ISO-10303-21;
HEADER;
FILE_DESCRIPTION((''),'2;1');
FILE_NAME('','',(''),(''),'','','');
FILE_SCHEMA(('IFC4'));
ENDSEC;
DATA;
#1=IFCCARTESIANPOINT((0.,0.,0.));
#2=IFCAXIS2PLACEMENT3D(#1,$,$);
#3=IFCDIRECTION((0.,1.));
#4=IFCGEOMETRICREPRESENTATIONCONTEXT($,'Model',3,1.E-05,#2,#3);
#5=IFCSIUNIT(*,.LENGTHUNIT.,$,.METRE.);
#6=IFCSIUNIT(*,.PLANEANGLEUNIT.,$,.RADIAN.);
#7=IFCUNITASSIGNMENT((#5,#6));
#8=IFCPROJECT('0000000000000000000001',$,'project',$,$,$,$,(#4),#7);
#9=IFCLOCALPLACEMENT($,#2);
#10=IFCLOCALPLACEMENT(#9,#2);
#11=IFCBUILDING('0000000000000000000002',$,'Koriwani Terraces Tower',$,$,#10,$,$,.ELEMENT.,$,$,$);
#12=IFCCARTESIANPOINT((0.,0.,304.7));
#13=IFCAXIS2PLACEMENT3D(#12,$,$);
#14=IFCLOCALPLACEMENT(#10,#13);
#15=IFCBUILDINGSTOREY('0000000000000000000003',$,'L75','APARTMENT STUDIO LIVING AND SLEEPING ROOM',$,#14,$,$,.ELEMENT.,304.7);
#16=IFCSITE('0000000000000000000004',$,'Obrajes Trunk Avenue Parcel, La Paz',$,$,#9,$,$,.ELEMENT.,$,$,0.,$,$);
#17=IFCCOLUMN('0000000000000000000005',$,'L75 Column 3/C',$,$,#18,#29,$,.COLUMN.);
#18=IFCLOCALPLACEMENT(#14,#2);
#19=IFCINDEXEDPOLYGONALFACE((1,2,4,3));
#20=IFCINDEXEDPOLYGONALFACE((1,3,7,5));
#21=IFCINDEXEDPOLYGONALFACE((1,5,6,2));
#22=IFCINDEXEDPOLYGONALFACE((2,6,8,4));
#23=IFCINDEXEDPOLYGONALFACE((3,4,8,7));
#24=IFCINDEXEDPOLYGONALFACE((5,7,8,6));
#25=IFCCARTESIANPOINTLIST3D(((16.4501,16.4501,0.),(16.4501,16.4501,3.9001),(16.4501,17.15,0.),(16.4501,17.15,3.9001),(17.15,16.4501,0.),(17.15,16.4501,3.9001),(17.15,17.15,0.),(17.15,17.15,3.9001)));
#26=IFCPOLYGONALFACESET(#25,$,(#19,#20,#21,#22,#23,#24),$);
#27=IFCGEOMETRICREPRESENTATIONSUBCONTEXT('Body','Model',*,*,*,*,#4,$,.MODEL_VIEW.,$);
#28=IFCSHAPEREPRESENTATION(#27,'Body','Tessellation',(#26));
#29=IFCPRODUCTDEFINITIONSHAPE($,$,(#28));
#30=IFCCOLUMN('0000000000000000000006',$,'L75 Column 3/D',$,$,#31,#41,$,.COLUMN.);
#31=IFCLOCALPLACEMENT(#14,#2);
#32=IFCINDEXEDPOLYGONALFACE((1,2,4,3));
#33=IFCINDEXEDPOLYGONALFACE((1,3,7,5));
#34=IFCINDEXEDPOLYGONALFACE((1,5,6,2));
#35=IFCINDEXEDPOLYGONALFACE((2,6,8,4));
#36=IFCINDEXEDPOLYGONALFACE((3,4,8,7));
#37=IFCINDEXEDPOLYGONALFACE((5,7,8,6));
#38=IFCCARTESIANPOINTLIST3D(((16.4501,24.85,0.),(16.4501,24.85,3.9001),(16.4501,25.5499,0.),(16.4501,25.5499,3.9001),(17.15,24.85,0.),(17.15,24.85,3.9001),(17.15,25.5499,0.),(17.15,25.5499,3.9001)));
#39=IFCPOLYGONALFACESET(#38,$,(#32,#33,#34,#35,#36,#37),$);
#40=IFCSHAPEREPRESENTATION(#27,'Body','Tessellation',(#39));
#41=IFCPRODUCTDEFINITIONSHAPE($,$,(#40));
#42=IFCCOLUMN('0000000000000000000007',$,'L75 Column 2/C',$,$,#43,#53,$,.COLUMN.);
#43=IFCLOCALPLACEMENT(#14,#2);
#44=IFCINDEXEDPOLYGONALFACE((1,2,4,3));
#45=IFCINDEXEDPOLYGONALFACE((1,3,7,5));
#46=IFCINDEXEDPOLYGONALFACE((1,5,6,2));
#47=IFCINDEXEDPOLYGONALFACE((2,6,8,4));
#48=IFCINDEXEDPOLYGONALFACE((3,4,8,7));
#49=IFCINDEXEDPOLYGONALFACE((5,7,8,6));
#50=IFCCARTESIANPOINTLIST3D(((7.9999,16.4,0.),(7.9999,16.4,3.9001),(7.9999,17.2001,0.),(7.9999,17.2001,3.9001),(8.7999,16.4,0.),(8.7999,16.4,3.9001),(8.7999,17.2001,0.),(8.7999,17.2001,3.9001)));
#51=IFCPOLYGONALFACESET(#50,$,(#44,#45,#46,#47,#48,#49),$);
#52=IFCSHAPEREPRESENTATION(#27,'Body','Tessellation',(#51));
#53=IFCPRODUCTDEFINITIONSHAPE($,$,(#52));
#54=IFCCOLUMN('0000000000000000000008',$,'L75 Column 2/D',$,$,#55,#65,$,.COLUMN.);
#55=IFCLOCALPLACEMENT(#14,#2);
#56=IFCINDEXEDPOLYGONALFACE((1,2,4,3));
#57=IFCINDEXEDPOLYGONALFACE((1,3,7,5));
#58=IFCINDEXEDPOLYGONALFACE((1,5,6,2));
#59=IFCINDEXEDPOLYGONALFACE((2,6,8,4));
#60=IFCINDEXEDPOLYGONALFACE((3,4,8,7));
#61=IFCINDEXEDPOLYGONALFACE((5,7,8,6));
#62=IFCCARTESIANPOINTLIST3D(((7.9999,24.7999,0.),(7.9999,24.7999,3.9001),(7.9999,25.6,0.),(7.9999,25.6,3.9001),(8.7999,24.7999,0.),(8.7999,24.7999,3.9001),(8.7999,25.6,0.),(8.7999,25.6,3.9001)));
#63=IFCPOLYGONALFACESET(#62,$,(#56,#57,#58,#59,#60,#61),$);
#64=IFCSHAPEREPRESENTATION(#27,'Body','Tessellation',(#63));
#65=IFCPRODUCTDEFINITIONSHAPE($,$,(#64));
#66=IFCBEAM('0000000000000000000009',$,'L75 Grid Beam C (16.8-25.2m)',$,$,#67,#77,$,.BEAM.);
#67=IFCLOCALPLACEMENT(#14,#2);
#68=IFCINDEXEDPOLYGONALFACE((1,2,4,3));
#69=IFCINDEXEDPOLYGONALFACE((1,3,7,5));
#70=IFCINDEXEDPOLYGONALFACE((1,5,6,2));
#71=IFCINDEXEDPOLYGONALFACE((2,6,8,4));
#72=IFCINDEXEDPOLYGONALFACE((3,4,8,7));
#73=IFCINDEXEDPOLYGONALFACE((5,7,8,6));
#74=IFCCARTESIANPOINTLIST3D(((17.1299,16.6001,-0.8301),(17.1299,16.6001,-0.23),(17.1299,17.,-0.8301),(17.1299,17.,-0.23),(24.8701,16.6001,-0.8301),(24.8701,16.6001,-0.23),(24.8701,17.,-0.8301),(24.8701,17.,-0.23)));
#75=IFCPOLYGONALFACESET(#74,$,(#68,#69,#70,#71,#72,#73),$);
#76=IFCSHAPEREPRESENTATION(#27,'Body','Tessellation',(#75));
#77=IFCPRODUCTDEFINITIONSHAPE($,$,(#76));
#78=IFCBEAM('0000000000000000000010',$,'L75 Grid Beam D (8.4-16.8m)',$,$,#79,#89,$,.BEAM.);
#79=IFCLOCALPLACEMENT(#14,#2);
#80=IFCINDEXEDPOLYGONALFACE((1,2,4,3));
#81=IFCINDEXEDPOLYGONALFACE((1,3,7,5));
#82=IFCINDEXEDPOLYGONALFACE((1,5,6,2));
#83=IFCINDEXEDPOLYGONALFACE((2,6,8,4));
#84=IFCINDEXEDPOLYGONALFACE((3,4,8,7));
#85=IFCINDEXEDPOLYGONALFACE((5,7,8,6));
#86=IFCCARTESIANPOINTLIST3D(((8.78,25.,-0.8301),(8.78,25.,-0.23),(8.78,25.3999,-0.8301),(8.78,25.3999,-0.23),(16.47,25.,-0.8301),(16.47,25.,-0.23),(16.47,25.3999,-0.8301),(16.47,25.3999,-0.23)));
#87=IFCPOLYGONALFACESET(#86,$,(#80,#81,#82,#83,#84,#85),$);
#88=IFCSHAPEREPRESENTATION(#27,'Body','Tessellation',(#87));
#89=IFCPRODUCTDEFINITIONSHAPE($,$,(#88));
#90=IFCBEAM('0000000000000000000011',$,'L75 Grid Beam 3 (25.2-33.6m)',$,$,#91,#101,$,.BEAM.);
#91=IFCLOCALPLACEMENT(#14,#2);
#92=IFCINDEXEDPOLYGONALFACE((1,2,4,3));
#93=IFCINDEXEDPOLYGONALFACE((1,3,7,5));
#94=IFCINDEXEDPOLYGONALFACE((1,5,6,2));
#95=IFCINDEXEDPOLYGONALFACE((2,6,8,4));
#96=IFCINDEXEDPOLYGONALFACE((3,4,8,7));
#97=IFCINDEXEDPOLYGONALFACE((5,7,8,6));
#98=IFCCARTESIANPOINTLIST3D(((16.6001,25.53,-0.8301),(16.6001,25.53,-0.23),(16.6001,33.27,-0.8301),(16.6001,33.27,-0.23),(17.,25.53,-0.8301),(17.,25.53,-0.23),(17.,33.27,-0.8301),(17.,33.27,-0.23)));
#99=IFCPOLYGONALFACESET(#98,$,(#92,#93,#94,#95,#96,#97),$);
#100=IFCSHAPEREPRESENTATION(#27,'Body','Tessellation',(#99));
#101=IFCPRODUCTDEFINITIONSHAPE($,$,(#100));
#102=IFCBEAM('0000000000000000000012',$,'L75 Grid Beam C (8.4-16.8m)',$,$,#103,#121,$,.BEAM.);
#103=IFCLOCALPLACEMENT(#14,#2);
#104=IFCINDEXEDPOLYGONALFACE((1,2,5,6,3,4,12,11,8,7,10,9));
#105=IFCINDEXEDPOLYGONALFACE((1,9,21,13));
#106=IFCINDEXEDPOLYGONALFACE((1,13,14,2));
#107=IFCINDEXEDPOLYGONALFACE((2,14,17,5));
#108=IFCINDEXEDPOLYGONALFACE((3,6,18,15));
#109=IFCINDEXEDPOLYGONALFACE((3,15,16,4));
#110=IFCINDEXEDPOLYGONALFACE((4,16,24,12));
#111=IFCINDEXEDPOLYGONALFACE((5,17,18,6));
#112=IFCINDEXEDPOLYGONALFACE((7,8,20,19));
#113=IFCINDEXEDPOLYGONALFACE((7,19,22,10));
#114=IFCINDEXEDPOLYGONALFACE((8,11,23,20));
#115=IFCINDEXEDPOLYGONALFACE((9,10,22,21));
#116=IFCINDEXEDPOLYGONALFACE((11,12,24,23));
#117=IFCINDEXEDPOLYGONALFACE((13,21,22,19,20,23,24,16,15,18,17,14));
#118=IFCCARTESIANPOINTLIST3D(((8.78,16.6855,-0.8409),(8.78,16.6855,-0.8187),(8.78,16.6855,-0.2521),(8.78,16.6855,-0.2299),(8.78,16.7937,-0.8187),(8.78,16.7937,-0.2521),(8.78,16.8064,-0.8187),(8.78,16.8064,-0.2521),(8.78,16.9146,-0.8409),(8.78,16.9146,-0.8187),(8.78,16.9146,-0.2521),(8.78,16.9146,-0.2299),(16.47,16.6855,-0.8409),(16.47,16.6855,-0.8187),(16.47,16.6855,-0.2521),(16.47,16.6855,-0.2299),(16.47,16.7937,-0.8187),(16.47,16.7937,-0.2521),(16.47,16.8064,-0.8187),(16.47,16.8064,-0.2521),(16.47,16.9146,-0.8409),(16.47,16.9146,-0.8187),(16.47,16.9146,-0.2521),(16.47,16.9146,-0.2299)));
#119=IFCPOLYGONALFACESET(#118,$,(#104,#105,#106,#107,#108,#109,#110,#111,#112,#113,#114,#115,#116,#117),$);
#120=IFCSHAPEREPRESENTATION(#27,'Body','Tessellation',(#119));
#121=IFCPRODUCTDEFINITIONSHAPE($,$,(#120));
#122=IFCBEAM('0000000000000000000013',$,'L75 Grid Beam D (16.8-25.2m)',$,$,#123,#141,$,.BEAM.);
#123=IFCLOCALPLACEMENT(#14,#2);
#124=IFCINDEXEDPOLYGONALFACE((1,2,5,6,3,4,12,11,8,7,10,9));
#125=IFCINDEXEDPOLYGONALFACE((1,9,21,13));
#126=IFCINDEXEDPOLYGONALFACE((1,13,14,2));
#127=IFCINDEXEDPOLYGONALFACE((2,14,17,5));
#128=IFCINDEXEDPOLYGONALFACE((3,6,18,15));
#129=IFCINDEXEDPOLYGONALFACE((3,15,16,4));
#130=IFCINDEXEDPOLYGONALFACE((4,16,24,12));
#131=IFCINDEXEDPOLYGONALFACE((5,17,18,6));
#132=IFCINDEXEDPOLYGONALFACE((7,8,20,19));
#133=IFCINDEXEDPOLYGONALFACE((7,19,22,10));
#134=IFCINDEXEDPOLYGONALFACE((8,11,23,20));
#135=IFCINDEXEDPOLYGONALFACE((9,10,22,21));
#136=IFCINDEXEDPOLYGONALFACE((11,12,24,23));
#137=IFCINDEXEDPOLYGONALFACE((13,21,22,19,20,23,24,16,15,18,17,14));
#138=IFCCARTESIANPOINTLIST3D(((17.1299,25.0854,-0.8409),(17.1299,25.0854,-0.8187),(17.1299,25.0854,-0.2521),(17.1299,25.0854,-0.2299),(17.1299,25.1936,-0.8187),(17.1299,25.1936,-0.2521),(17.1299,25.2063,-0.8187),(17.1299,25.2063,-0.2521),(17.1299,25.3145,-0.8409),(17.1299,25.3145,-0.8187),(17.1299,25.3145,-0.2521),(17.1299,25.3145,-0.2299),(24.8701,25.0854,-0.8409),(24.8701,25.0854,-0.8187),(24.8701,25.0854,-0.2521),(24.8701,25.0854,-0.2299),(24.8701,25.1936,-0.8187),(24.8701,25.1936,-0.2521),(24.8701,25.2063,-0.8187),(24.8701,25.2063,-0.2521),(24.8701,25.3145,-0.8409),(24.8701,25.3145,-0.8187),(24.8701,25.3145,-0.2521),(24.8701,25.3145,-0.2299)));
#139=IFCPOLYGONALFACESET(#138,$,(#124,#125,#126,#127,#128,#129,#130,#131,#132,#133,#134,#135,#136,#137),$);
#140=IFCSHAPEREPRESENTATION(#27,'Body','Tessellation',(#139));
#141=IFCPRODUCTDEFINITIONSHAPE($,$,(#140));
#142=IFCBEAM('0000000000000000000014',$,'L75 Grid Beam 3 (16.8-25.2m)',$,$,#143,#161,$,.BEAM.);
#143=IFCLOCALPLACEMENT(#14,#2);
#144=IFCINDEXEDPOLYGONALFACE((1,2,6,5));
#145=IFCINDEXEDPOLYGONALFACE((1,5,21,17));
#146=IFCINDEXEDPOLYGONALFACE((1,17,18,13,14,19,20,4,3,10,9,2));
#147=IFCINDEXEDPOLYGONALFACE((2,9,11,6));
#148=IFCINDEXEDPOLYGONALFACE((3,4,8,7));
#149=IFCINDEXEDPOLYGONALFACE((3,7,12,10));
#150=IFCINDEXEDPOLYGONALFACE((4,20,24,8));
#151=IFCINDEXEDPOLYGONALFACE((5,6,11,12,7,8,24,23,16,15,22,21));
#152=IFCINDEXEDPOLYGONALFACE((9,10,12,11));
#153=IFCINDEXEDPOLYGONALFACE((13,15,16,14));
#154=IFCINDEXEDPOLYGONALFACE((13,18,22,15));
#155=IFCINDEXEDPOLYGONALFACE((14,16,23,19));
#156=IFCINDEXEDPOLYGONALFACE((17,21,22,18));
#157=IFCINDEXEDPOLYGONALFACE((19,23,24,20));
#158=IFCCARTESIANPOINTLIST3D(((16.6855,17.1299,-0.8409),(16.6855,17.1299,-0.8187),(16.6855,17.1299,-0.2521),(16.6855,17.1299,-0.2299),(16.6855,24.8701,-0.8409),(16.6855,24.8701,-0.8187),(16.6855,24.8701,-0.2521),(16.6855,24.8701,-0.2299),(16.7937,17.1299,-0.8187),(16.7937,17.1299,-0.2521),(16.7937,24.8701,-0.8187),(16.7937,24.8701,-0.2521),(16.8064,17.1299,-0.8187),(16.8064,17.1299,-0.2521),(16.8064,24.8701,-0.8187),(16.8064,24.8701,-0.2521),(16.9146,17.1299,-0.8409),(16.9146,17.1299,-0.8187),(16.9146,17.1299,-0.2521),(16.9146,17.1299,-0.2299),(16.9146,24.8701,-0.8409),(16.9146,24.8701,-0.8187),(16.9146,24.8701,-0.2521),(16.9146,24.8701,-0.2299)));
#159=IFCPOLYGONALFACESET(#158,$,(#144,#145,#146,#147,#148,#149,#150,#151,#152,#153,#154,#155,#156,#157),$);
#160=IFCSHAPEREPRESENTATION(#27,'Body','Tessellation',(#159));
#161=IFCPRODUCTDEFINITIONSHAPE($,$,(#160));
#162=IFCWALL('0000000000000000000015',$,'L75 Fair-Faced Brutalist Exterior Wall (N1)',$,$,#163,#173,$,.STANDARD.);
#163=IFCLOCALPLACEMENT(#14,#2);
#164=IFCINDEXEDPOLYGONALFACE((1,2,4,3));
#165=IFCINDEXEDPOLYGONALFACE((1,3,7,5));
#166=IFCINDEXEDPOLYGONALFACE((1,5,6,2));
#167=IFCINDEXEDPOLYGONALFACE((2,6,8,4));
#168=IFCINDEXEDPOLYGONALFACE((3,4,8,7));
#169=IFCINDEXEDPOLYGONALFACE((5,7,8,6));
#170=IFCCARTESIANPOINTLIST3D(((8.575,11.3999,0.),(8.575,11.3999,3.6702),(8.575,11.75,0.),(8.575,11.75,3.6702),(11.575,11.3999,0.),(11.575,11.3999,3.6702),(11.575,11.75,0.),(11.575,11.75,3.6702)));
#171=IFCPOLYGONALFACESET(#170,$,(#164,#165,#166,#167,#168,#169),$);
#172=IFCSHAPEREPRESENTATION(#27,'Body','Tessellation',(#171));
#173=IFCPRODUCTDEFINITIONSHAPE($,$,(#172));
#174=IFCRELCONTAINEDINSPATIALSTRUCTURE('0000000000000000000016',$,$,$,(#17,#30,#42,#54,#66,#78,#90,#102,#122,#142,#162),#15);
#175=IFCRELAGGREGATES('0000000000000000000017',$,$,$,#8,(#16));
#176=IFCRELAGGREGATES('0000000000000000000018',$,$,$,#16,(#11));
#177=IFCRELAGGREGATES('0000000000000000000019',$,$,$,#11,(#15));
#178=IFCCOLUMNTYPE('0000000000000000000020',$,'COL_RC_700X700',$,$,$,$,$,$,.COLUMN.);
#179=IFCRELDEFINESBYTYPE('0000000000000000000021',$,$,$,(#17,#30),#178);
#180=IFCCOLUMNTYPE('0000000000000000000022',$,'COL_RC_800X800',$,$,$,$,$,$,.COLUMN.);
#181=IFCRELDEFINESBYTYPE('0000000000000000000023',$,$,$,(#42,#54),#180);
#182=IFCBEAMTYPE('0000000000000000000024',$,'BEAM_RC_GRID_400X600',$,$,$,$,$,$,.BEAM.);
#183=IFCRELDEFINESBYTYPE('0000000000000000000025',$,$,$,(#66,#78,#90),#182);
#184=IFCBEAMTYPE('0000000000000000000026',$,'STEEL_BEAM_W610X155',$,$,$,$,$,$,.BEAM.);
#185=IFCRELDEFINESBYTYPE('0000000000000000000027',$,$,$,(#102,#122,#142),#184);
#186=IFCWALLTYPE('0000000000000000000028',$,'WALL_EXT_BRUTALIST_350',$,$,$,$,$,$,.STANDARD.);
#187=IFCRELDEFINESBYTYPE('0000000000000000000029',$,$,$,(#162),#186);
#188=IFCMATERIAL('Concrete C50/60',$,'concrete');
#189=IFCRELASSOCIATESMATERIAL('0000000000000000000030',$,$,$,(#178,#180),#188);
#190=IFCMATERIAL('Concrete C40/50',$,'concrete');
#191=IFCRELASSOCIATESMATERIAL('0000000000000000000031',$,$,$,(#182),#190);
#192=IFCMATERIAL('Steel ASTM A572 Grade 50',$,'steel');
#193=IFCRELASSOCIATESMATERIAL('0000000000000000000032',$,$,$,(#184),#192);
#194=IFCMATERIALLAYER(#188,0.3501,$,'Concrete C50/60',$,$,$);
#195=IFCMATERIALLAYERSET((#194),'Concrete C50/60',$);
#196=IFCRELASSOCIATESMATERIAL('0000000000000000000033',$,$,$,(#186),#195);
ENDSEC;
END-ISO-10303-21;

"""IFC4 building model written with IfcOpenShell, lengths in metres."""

from ifc_helpers import new_model, si_unit, direction, frame, frame_2d, origin, origin_2d, place, context, subcontext, project, spatial, rectangle, i_section, extrude, material, layer, layer_set, material_profile, profile_set, type_object, element, save


model = new_model("IFC4")

# Units and contexts
model_context = context("Model", 3, precision=1e-05, world=origin(), true_north=direction((0.0, 1.0)))
body_context = subcontext(model_context, "Body", "Model", "MODEL_VIEW")
ifc_project = project(units=[si_unit("LENGTHUNIT", "METRE"), si_unit("PLANEANGLEUNIT", "RADIAN")], contexts=[model_context])

# Site, building, storey
site_placement = place(None, origin())
site = spatial("IfcSite", under=ifc_project, at=site_placement, Name="Obrajes Trunk Avenue Parcel, La Paz", CompositionType="ELEMENT", RefElevation=0.0)
building_placement = place(site_placement, origin())
building = spatial("IfcBuilding", under=site, at=building_placement, Name="Koriwani Terraces Tower", CompositionType="ELEMENT")
storey_placement = place(building_placement, frame((0.0, 0.0, 304.7)))
storey = spatial("IfcBuildingStorey", under=building, at=storey_placement, Name="L75", Description="APARTMENT STUDIO LIVING AND SLEEPING ROOM", CompositionType="ELEMENT", Elevation=304.7)

# Columns
ifc_material_1 = material(Name="Concrete C50/60", Category="concrete")
ifc_material_profile_1 = material_profile(ifc_material_1, rectangle(XDim=0.7, YDim=0.7, at=origin_2d()), Name="Concrete C50/60", Category="LoadBearing")
ifc_profile_set_1 = profile_set([ifc_material_profile_1], Name="Concrete C50/60")
column_type_1 = type_object("IfcColumnType", Name="COL_RC_700X700", PredefinedType="COLUMN", material=ifc_profile_set_1)
for number, where, z_axis, x_axis, name in (
    (1, (16.8, 16.8, 0.0), (0.0, 0.0, 1.0), (1.0, 0.0, 0.0), "L75 Column 3/C"),
    (2, (16.8, 25.2, 0.0), (0.0, 0.0, 1.0), (1.0, 0.0, 0.0), "L75 Column 3/D"),
):
    element("IfcColumn", number, at=place(storey_placement, frame(where, z_axis=z_axis, x_axis=x_axis)), inside=storey, type_object=column_type_1, Name=name, PredefinedType="COLUMN", context=body_context, shape_type="SweptSolid", body=[
        extrude(rectangle(XDim=0.7, YDim=0.7, at=origin_2d()), origin(), (0.0, 0.0, 1.0), 3.9001),
    ])
ifc_material_profile_2 = material_profile(ifc_material_1, rectangle(XDim=0.8, YDim=0.8, at=origin_2d()), Name="Concrete C50/60", Category="LoadBearing")
ifc_profile_set_2 = profile_set([ifc_material_profile_2], Name="Concrete C50/60")
column_type_2 = type_object("IfcColumnType", Name="COL_RC_800X800", PredefinedType="COLUMN", material=ifc_profile_set_2)
for number, where, z_axis, x_axis, name in (
    (3, (8.3999, 16.8, 0.0), (0.0, 0.0, 1.0), (1.0, 0.0, 0.0), "L75 Column 2/C"),
    (4, (8.3999, 25.2, 0.0), (0.0, 0.0, 1.0), (1.0, 0.0, 0.0), "L75 Column 2/D"),
):
    element("IfcColumn", number, at=place(storey_placement, frame(where, z_axis=z_axis, x_axis=x_axis)), inside=storey, type_object=column_type_2, Name=name, PredefinedType="COLUMN", context=body_context, shape_type="SweptSolid", body=[
        extrude(rectangle(XDim=0.8, YDim=0.8, at=origin_2d()), origin(), (0.0, 0.0, 1.0), 3.9001),
    ])

# Beams
ifc_material_2 = material(Name="Concrete C40/50", Category="concrete")
ifc_material_profile_3 = material_profile(ifc_material_2, rectangle(XDim=0.3999, YDim=0.6001, at=origin_2d()), Name="Concrete C40/50", Category="LoadBearing")
ifc_profile_set_3 = profile_set([ifc_material_profile_3], Name="Concrete C40/50")
beam_type_1 = type_object("IfcBeamType", Name="BEAM_RC_GRID_400X600", PredefinedType="BEAM", material=ifc_profile_set_3)
beam_1_placement = place(storey_placement, frame((17.1299, 16.8, -0.53), z_axis=(1.0, 0.0, 0.0), x_axis=(0.0, 1.0, 0.0)))
element("IfcBeam", 5, at=beam_1_placement, inside=storey, type_object=beam_type_1, Name="L75 Grid Beam C (16.8-25.2m)", PredefinedType="BEAM", context=body_context, shape_type="SweptSolid", body=[
    extrude(rectangle(XDim=0.3999, YDim=0.6001, at=origin_2d()), origin(), (0.0, 0.0, 1.0), 7.7402),
])
beam_2_placement = place(storey_placement, frame((8.78, 25.2, -0.53), z_axis=(1.0, 0.0, 0.0), x_axis=(0.0, 1.0, 0.0)))
element("IfcBeam", 6, at=beam_2_placement, inside=storey, type_object=beam_type_1, Name="L75 Grid Beam D (8.4-16.8m)", PredefinedType="BEAM", context=body_context, shape_type="SweptSolid", body=[
    extrude(rectangle(XDim=0.3999, YDim=0.6001, at=origin_2d()), origin(), (0.0, 0.0, 1.0), 7.6899),
])
beam_3_placement = place(storey_placement, frame((16.8, 25.53, -0.53), z_axis=(0.0, 1.0, 0.0), x_axis=(-1.0, 0.0, 0.0)))
element("IfcBeam", 7, at=beam_3_placement, inside=storey, type_object=beam_type_1, Name="L75 Grid Beam 3 (25.2-33.6m)", PredefinedType="BEAM", context=body_context, shape_type="SweptSolid", body=[
    extrude(rectangle(XDim=0.3999, YDim=0.6001, at=origin_2d()), origin(), (0.0, 0.0, 1.0), 7.74),
])
ifc_material_3 = material(Name="Steel ASTM A572 Grade 50", Category="steel")
ifc_material_profile_4 = material_profile(ifc_material_3, i_section(OverallWidth=0.229, OverallDepth=0.6111, WebThickness=0.0127, FlangeThickness=0.0222, at=origin_2d()), Name="Steel ASTM A572 Grade 50", Category="LoadBearing")
ifc_profile_set_4 = profile_set([ifc_material_profile_4], Name="Steel ASTM A572 Grade 50")
beam_type_2 = type_object("IfcBeamType", Name="STEEL_BEAM_W610X155", PredefinedType="BEAM", material=ifc_profile_set_4)
beam_4_placement = place(storey_placement, frame((8.78, 16.8, -0.5354), z_axis=(1.0, 0.0, 0.0), x_axis=(0.0, 1.0, 0.0)))
element("IfcBeam", 8, at=beam_4_placement, inside=storey, type_object=beam_type_2, Name="L75 Grid Beam C (8.4-16.8m)", PredefinedType="BEAM", context=body_context, shape_type="SweptSolid", body=[
    extrude(i_section(OverallWidth=0.229, OverallDepth=0.6111, WebThickness=0.0127, FlangeThickness=0.0222, at=origin_2d()), origin(), (0.0, 0.0, 1.0), 7.6899),
])
for number, where, z_axis, x_axis, name in (
    (9, (17.1299, 25.2, -0.5354), (1.0, 0.0, 0.0), (0.0, 1.0, 0.0), "L75 Grid Beam D (16.8-25.2m)"),
    (10, (16.8, 17.1299, -0.5354), (0.0, 1.0, 0.0), (-1.0, 0.0, 0.0), "L75 Grid Beam 3 (16.8-25.2m)"),
):
    element("IfcBeam", number, at=place(storey_placement, frame(where, z_axis=z_axis, x_axis=x_axis)), inside=storey, type_object=beam_type_2, Name=name, PredefinedType="BEAM", context=body_context, shape_type="SweptSolid", body=[
        extrude(i_section(OverallWidth=0.229, OverallDepth=0.6111, WebThickness=0.0127, FlangeThickness=0.0222, at=origin_2d()), origin(), (0.0, 0.0, 1.0), 7.7402),
    ])

# Wall
ifc_layer_1 = layer(ifc_material_1, 0.3501, Name="Concrete C50/60")
ifc_layer_set_1 = layer_set([ifc_layer_1], Name="Concrete C50/60")
wall_type_1 = type_object("IfcWallType", Name="WALL_EXT_BRUTALIST_350", PredefinedType="STANDARD", material=ifc_layer_set_1)
wall_1_placement = place(storey_placement, frame((11.575, 11.575, 0.0), z_axis=(0.0, 0.0, 1.0), x_axis=(-1.0, 0.0, 0.0)))
element("IfcWall", 11, at=wall_1_placement, inside=storey, type_object=wall_type_1, Name="L75 Fair-Faced Brutalist Exterior Wall (N1)", PredefinedType="STANDARD", context=body_context, shape_type="SweptSolid", body=[
    extrude(rectangle(XDim=3.0, YDim=0.3501, at=frame_2d((1.5, 0.0))), origin(), (0.0, 0.0, 1.0), 3.6702),
])

save(model, "model.ifc")
